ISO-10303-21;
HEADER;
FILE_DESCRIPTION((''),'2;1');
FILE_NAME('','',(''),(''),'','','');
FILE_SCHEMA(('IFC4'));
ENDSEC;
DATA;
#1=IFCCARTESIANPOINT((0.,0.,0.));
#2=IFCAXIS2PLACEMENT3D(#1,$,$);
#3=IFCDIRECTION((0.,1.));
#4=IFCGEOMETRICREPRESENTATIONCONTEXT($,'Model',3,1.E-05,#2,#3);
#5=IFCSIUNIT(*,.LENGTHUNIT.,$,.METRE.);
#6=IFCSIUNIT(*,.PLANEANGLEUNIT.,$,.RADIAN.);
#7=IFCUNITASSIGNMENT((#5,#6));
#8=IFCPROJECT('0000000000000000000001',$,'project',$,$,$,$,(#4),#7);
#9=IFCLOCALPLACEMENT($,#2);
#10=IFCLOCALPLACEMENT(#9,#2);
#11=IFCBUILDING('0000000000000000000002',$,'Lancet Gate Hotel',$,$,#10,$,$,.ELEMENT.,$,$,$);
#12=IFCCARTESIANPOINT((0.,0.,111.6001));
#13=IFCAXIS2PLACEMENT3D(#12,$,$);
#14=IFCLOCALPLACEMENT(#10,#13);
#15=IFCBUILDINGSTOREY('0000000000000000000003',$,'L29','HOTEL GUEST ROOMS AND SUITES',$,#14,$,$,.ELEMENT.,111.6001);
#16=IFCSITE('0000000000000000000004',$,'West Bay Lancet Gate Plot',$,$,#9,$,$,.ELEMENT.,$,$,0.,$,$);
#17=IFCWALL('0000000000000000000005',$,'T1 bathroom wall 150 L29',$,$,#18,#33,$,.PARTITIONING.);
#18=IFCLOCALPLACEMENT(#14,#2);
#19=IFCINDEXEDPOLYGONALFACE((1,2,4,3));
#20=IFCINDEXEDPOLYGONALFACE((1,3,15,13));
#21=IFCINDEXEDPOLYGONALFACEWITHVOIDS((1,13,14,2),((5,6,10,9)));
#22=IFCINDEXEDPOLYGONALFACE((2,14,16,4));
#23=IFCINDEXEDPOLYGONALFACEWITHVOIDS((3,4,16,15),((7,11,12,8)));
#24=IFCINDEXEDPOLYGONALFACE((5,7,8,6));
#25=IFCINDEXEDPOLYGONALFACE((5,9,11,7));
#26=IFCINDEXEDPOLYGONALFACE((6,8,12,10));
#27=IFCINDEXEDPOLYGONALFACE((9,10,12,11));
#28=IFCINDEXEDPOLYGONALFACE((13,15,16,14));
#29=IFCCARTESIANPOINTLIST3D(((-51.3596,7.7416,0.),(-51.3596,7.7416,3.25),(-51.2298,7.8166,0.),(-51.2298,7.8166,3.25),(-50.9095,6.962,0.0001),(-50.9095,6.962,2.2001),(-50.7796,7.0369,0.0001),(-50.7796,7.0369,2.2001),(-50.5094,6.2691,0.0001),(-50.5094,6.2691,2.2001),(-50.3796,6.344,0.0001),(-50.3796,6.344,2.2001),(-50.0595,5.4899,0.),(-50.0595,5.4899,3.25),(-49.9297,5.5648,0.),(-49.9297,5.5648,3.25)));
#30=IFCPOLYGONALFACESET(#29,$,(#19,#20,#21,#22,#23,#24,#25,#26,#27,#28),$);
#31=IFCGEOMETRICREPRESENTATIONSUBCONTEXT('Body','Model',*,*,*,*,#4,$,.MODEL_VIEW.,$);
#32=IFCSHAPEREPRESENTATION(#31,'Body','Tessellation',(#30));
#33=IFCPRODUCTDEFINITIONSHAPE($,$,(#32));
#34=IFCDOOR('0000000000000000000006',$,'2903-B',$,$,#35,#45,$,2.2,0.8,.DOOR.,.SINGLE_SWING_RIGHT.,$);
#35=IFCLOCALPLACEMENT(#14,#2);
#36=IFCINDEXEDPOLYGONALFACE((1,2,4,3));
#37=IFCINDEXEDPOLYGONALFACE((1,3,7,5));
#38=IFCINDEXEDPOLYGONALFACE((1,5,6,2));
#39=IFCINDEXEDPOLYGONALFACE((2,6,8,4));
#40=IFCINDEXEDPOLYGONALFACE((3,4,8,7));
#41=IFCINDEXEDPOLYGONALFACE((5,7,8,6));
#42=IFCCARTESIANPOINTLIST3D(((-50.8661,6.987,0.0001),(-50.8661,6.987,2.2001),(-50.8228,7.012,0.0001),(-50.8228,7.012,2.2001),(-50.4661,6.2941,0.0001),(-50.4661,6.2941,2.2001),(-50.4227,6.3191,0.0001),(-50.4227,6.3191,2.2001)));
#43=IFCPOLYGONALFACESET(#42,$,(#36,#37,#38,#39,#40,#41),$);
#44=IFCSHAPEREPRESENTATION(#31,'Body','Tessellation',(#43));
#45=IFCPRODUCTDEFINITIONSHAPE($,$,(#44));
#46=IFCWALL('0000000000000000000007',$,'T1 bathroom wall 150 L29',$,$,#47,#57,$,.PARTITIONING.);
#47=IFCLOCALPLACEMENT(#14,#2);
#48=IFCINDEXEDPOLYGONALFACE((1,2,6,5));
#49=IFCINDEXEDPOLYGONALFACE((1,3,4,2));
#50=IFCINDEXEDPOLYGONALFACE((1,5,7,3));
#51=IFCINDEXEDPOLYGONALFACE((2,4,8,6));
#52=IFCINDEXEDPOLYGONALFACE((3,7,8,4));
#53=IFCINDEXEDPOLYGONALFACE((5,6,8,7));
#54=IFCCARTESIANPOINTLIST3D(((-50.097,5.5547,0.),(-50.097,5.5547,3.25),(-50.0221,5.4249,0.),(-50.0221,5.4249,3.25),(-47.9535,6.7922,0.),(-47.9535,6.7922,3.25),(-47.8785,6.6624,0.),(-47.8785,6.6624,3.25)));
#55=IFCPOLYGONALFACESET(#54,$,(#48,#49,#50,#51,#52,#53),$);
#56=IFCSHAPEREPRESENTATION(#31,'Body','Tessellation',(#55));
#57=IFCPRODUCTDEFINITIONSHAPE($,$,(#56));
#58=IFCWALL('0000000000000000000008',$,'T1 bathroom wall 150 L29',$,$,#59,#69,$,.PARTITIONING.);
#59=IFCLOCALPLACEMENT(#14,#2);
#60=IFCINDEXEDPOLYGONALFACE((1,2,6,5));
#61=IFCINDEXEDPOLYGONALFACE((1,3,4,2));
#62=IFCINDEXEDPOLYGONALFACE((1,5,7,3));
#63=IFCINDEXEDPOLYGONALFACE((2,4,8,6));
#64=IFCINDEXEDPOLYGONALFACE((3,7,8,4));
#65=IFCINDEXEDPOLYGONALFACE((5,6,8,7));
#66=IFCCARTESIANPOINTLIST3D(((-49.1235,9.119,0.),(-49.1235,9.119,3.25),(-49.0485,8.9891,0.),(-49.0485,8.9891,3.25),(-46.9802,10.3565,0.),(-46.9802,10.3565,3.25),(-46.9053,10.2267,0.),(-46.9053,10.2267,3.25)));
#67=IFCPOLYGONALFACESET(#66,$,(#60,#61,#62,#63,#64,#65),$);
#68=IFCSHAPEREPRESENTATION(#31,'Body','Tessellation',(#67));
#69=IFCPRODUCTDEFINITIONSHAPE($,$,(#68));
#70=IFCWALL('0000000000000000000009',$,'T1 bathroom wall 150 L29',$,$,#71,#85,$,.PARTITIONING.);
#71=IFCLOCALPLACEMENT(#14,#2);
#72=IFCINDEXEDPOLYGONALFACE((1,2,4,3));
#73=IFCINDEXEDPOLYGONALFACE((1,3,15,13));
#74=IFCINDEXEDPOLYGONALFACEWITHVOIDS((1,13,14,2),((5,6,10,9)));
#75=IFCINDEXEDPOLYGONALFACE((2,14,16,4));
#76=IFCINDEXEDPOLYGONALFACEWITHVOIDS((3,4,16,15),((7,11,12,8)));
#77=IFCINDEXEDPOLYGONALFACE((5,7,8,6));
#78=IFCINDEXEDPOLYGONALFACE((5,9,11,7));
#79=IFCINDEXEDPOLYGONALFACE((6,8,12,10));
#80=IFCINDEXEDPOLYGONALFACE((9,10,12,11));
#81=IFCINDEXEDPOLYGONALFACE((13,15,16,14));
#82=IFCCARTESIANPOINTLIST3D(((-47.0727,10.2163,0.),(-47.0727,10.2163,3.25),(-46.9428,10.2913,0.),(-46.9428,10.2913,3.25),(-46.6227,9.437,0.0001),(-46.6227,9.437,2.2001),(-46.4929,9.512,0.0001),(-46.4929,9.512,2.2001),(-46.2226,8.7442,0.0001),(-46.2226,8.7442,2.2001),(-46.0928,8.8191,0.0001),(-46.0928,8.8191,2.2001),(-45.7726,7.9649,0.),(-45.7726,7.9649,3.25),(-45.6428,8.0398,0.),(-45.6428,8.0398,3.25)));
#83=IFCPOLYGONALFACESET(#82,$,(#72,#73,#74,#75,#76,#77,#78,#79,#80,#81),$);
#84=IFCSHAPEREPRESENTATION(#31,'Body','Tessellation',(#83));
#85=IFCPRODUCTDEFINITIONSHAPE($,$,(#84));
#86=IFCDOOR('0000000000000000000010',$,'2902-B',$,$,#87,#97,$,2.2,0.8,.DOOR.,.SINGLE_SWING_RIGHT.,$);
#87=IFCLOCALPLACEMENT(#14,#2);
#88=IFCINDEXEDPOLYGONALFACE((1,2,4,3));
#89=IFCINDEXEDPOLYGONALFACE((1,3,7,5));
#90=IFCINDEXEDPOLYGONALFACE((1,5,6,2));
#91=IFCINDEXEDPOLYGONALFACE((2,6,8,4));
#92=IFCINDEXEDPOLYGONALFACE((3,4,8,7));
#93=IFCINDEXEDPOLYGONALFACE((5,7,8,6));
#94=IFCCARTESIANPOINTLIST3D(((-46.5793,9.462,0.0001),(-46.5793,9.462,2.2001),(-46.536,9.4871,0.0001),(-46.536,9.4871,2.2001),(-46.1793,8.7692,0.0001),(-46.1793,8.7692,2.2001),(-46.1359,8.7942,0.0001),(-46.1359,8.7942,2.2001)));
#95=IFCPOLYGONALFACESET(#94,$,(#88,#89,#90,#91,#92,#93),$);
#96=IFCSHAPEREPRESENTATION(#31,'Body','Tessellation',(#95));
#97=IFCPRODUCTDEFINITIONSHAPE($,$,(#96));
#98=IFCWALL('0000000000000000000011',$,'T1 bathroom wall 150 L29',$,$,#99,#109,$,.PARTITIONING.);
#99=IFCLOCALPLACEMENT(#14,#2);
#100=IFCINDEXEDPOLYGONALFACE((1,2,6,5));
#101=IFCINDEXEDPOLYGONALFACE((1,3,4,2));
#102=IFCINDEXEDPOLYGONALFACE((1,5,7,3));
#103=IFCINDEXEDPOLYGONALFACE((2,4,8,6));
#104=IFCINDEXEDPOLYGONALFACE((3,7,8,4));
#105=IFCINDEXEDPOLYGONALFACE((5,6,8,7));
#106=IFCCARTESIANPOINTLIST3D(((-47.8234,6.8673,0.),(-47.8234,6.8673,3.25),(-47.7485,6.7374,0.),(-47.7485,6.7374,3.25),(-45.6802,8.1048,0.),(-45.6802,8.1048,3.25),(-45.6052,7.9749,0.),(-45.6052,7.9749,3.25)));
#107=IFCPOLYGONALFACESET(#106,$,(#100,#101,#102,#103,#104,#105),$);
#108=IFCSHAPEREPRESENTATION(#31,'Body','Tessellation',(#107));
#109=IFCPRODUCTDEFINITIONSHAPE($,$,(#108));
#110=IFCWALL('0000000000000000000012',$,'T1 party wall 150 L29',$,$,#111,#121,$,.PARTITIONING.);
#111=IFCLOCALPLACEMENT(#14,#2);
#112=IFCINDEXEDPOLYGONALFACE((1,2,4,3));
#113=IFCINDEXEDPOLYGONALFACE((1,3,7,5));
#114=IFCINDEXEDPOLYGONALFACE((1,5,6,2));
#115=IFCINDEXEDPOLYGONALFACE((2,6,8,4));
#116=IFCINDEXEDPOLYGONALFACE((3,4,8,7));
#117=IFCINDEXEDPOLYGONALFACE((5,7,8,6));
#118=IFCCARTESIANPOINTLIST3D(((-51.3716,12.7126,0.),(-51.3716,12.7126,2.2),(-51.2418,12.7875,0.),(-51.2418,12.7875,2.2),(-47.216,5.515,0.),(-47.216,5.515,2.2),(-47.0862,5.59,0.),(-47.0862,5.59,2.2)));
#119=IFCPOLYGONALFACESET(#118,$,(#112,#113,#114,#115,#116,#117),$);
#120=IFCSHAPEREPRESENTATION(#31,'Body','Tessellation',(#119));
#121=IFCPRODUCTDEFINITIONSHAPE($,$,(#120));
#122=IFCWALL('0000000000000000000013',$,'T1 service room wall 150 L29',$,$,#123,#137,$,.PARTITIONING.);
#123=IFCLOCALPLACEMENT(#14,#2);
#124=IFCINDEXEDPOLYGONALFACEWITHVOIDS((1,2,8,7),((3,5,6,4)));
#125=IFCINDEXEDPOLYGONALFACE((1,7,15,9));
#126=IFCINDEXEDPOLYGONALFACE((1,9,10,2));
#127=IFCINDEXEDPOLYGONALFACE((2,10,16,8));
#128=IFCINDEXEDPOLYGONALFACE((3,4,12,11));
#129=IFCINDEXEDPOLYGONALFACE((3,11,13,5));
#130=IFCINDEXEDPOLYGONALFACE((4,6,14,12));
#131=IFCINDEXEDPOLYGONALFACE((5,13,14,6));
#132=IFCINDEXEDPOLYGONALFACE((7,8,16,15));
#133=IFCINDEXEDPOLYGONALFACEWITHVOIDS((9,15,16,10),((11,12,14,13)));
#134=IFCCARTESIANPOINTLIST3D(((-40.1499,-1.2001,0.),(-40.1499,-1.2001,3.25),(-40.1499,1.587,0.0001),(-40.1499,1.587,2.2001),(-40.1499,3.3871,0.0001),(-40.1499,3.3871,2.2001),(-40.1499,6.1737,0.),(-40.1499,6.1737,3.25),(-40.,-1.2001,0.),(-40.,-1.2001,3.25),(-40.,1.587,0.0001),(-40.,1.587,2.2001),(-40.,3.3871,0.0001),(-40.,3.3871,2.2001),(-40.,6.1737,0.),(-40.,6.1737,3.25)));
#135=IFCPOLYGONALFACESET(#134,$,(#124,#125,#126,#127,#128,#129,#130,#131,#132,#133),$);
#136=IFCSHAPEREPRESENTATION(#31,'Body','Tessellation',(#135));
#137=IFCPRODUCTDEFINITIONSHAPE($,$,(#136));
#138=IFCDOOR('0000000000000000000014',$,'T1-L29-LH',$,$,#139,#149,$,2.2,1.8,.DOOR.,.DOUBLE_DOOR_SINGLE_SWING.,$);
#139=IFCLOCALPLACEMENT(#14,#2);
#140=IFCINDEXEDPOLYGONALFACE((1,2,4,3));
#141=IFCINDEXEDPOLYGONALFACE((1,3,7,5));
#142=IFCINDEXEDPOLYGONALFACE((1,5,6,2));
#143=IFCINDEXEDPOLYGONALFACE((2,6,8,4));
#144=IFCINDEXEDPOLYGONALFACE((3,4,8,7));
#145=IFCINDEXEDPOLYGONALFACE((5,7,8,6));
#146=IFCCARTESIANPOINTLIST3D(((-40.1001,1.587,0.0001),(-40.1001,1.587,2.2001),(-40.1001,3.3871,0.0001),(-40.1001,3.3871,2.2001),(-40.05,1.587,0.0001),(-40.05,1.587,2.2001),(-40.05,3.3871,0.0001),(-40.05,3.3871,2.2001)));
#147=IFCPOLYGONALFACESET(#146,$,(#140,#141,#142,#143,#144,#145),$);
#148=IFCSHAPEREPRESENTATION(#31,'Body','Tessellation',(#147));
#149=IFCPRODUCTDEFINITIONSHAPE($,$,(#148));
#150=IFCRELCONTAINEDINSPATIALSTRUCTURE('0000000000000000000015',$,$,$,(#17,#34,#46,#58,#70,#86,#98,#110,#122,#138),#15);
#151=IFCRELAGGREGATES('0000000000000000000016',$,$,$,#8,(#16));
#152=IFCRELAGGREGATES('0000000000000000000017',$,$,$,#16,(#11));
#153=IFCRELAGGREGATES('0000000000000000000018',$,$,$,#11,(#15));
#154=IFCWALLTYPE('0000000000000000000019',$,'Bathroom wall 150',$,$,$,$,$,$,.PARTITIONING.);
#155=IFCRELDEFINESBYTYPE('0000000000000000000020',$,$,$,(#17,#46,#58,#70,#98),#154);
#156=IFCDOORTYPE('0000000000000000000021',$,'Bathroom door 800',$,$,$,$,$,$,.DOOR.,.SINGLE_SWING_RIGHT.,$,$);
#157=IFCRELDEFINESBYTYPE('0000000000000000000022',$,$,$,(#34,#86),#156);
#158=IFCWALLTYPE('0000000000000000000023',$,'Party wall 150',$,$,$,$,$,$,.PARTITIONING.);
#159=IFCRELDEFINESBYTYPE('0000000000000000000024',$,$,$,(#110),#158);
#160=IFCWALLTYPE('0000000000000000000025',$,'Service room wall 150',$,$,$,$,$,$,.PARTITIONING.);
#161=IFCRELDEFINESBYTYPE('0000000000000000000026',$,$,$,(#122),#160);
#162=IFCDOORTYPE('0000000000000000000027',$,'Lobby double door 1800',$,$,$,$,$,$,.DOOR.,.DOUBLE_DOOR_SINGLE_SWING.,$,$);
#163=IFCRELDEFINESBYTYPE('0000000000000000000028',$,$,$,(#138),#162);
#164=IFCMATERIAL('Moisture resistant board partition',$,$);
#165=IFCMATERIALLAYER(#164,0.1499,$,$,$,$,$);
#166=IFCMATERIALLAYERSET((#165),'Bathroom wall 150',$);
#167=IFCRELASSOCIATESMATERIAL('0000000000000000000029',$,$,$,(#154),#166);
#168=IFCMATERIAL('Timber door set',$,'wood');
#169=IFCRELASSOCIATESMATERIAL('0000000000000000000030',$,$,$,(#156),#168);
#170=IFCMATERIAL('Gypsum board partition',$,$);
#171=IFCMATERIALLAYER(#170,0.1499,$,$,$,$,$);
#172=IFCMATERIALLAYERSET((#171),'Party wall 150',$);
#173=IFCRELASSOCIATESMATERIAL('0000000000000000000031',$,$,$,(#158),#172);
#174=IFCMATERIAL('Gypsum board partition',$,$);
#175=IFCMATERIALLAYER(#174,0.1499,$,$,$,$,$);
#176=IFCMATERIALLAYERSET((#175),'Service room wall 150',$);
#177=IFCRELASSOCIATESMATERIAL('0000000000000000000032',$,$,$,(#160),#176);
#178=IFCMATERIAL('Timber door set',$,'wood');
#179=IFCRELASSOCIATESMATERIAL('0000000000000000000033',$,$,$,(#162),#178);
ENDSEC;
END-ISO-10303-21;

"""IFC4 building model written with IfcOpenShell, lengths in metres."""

from ifc_helpers import new_model, si_unit, direction, frame, frame_2d, origin, place, context, subcontext, project, spatial, rectangle, extrude, material, layer, layer_set, type_object, element, fill, save


model = new_model("IFC4")

# Units and contexts
model_context = context("Model", 3, precision=1e-05, world=origin(), true_north=direction((0.0, 1.0)))
body_context = subcontext(model_context, "Body", "Model", "MODEL_VIEW")
ifc_project = project(units=[si_unit("LENGTHUNIT", "METRE"), si_unit("PLANEANGLEUNIT", "RADIAN")], contexts=[model_context])

# Site, building, storey
site_placement = place(None, origin())
site = spatial("IfcSite", under=ifc_project, at=site_placement, Name="West Bay Lancet Gate Plot", CompositionType="ELEMENT", RefElevation=0.0)
building_placement = place(site_placement, origin())
building = spatial("IfcBuilding", under=site, at=building_placement, Name="Lancet Gate Hotel", CompositionType="ELEMENT")
storey_placement = place(building_placement, frame((0.0, 0.0, 111.6001)))
storey = spatial("IfcBuildingStorey", under=building, at=storey_placement, Name="L29", Description="HOTEL GUEST ROOMS AND SUITES", CompositionType="ELEMENT", Elevation=111.6001)

# Shared definitions
ifc_material_1 = material(Name="Moisture resistant board partition")
ifc_layer_1 = layer(ifc_material_1, 0.1499)
ifc_layer_set_1 = layer_set([ifc_layer_1], Name="Bathroom wall 150")
wall_type_1 = type_object("IfcWallType", Name="Bathroom wall 150", PredefinedType="PARTITIONING", material=ifc_layer_set_1)

# Wall, opening, door
wall_1_placement = place(storey_placement, frame((-49.9946, 5.5273, 0.0), z_axis=(0.0, 0.0, 1.0), x_axis=(-0.500007, 0.866021, 0.0)))
wall_1 = element("IfcWall", 1, at=wall_1_placement, inside=storey, type_object=wall_type_1, Name="T1 bathroom wall 150 L29", PredefinedType="PARTITIONING", context=body_context, shape_type="SweptSolid", body=[
    extrude(rectangle(XDim=2.6001, YDim=0.1499, at=frame_2d((1.3, 0.0))), origin(), (0.0, 0.0, 1.0), 3.25),
])
opening_1_placement = place(wall_1_placement, frame((0.8999, 0.0, 0.0)))
opening_1 = element("IfcOpeningElement", 2, at=opening_1_placement, cuts=wall_1, PredefinedType="OPENING", context=body_context, shape_type="SweptSolid", body=[
    extrude(rectangle(XDim=0.8, YDim=2.2, at=frame_2d((0.3999, 1.1001))), frame((0.0, 0.085, 0.0), z_axis=(0.0, -1.0, 0.0), x_axis=(1.0, 0.0, 0.0)), (0.0, 0.0, 1.0), 0.1699),
])
ifc_material_2 = material(Name="Timber door set", Category="wood")
door_type_1 = type_object("IfcDoorType", Name="Bathroom door 800", OperationType="SINGLE_SWING_RIGHT", PredefinedType="DOOR", material=ifc_material_2)
door_1_placement = place(opening_1_placement, origin())
door_1 = element("IfcDoor", 3, at=door_1_placement, inside=storey, type_object=door_type_1, Name="2903-B", OperationType="SINGLE_SWING_RIGHT", OverallHeight=2.2, OverallWidth=0.8, PredefinedType="DOOR", context=body_context, shape_type="SweptSolid", body=[
    extrude(rectangle(XDim=0.8, YDim=2.2, at=frame_2d((0.3999, 1.1001))), frame((0.0, 0.0249, 0.0), z_axis=(0.0, -1.0, 0.0), x_axis=(1.0, 0.0, 0.0)), (0.0, 0.0, 1.0), 0.05),
])
fill(opening_1, door_1)

# Walls
wall_2_placement = place(storey_placement, frame((-47.916, 6.7273, 0.0), z_axis=(0.0, 0.0, 1.0), x_axis=(-0.866031, -0.49999, 0.0)))
element("IfcWall", 4, at=wall_2_placement, inside=storey, type_object=wall_type_1, Name="T1 bathroom wall 150 L29", PredefinedType="PARTITIONING", context=body_context, shape_type="SweptSolid", body=[
    extrude(rectangle(XDim=2.4751, YDim=0.1499, at=frame_2d((1.2375, 0.0))), origin(), (0.0, 0.0, 1.0), 3.25),
])
wall_3_placement = place(storey_placement, frame((-46.9429, 10.2915, 0.0), z_axis=(0.0, 0.0, 1.0), x_axis=(-0.866007, -0.500033, 0.0)))
element("IfcWall", 5, at=wall_3_placement, inside=storey, type_object=wall_type_1, Name="T1 bathroom wall 150 L29", PredefinedType="PARTITIONING", context=body_context, shape_type="SweptSolid", body=[
    extrude(rectangle(XDim=2.4749, YDim=0.1499, at=frame_2d((1.2373, 0.0))), origin(), (0.0, 0.0, 1.0), 3.25),
])

# Wall, opening, door
wall_4_placement = place(storey_placement, frame((-45.7078, 8.0024, 0.0), z_axis=(0.0, 0.0, 1.0), x_axis=(-0.500048, 0.865998, 0.0)))
wall_4 = element("IfcWall", 6, at=wall_4_placement, inside=storey, type_object=wall_type_1, Name="T1 bathroom wall 150 L29", PredefinedType="PARTITIONING", context=body_context, shape_type="SweptSolid", body=[
    extrude(rectangle(XDim=2.5999, YDim=0.1499, at=frame_2d((1.2998, 0.0))), origin(), (0.0, 0.0, 1.0), 3.25),
])
opening_2_placement = place(wall_4_placement, frame((0.8999, 0.0, 0.0)))
opening_2 = element("IfcOpeningElement", 7, at=opening_2_placement, cuts=wall_4, PredefinedType="OPENING", context=body_context, shape_type="SweptSolid", body=[
    extrude(rectangle(XDim=0.8, YDim=2.2, at=frame_2d((0.3999, 1.1001))), frame((0.0, 0.085, 0.0), z_axis=(0.0, -1.0, 0.0), x_axis=(1.0, 0.0, 0.0)), (0.0, 0.0, 1.0), 0.1699),
])
door_2_placement = place(opening_2_placement, origin())
door_2 = element("IfcDoor", 8, at=door_2_placement, inside=storey, type_object=door_type_1, Name="2902-B", OperationType="SINGLE_SWING_RIGHT", OverallHeight=2.2, OverallWidth=0.8, PredefinedType="DOOR", context=body_context, shape_type="SweptSolid", body=[
    extrude(rectangle(XDim=0.8, YDim=2.2, at=frame_2d((0.3999, 1.1001))), frame((0.0, 0.0249, 0.0), z_axis=(0.0, -1.0, 0.0), x_axis=(1.0, 0.0, 0.0)), (0.0, 0.0, 1.0), 0.05),
])
fill(opening_2, door_2)

# Walls
wall_5_placement = place(storey_placement, frame((-45.6428, 8.0398, 0.0), z_axis=(0.0, 0.0, 1.0), x_axis=(-0.866007, -0.500033, 0.0)))
element("IfcWall", 9, at=wall_5_placement, inside=storey, type_object=wall_type_1, Name="T1 bathroom wall 150 L29", PredefinedType="PARTITIONING", context=body_context, shape_type="SweptSolid", body=[
    extrude(rectangle(XDim=2.4749, YDim=0.1499, at=frame_2d((1.2373, 0.0))), origin(), (0.0, 0.0, 1.0), 3.25),
])
ifc_material_3 = material(Name="Gypsum board partition")
ifc_layer_2 = layer(ifc_material_3, 0.1499)
ifc_layer_set_2 = layer_set([ifc_layer_2], Name="Party wall 150")
wall_type_2 = type_object("IfcWallType", Name="Party wall 150", PredefinedType="PARTITIONING", material=ifc_layer_set_2)
wall_6_placement = place(storey_placement, frame((-47.1511, 5.5525, 0.0), z_axis=(0.0, 0.0, 1.0), x_axis=(-0.500003, 0.866024, 0.0)))
element("IfcWall", 10, at=wall_6_placement, inside=storey, type_object=wall_type_2, Name="T1 party wall 150 L29", PredefinedType="PARTITIONING", context=body_context, shape_type="SweptSolid", body=[
    extrude(rectangle(XDim=8.311, YDim=0.1499, at=frame_2d((4.1555, 0.0))), origin(), (0.0, 0.0, 1.0), 2.2),
])

# Wall, opening, door
ifc_material_4 = material(Name="Gypsum board partition")
ifc_layer_3 = layer(ifc_material_4, 0.1499)
ifc_layer_set_3 = layer_set([ifc_layer_3], Name="Service room wall 150")
wall_type_3 = type_object("IfcWallType", Name="Service room wall 150", PredefinedType="PARTITIONING", material=ifc_layer_set_3)
wall_7_placement = place(storey_placement, frame((-40.075, 6.1738, 0.0), z_axis=(0.0, 0.0, 1.0), x_axis=(0.0, -1.0, 0.0)))
wall_7 = element("IfcWall", 11, at=wall_7_placement, inside=storey, type_object=wall_type_3, Name="T1 service room wall 150 L29", PredefinedType="PARTITIONING", context=body_context, shape_type="SweptSolid", body=[
    extrude(rectangle(XDim=7.3738, YDim=0.1499, at=frame_2d((3.687, 0.0))), origin(), (0.0, 0.0, 1.0), 3.25),
])
opening_3_placement = place(wall_7_placement, frame((2.7869, 0.0, 0.0)))
opening_3 = element("IfcOpeningElement", 12, at=opening_3_placement, cuts=wall_7, PredefinedType="OPENING", context=body_context, shape_type="SweptSolid", body=[
    extrude(rectangle(XDim=1.8, YDim=2.2, at=frame_2d((0.8999, 1.1001))), frame((0.0, 0.085, 0.0), z_axis=(0.0, -1.0, 0.0), x_axis=(1.0, 0.0, 0.0)), (0.0, 0.0, 1.0), 0.1699),
])
ifc_material_5 = material(Name="Timber door set", Category="wood")
door_type_2 = type_object("IfcDoorType", Name="Lobby double door 1800", OperationType="DOUBLE_DOOR_SINGLE_SWING", PredefinedType="DOOR", material=ifc_material_5)
door_3_placement = place(opening_3_placement, origin())
door_3 = element("IfcDoor", 13, at=door_3_placement, inside=storey, type_object=door_type_2, Name="T1-L29-LH", OperationType="DOUBLE_DOOR_SINGLE_SWING", OverallHeight=2.2, OverallWidth=1.8, PredefinedType="DOOR", context=body_context, shape_type="SweptSolid", body=[
    extrude(rectangle(XDim=1.8, YDim=2.2, at=frame_2d((0.8999, 1.1001))), frame((0.0, 0.0249, 0.0), z_axis=(0.0, -1.0, 0.0), x_axis=(1.0, 0.0, 0.0)), (0.0, 0.0, 1.0), 0.05),
])
fill(opening_3, door_3)

save(model, "model.ifc")
